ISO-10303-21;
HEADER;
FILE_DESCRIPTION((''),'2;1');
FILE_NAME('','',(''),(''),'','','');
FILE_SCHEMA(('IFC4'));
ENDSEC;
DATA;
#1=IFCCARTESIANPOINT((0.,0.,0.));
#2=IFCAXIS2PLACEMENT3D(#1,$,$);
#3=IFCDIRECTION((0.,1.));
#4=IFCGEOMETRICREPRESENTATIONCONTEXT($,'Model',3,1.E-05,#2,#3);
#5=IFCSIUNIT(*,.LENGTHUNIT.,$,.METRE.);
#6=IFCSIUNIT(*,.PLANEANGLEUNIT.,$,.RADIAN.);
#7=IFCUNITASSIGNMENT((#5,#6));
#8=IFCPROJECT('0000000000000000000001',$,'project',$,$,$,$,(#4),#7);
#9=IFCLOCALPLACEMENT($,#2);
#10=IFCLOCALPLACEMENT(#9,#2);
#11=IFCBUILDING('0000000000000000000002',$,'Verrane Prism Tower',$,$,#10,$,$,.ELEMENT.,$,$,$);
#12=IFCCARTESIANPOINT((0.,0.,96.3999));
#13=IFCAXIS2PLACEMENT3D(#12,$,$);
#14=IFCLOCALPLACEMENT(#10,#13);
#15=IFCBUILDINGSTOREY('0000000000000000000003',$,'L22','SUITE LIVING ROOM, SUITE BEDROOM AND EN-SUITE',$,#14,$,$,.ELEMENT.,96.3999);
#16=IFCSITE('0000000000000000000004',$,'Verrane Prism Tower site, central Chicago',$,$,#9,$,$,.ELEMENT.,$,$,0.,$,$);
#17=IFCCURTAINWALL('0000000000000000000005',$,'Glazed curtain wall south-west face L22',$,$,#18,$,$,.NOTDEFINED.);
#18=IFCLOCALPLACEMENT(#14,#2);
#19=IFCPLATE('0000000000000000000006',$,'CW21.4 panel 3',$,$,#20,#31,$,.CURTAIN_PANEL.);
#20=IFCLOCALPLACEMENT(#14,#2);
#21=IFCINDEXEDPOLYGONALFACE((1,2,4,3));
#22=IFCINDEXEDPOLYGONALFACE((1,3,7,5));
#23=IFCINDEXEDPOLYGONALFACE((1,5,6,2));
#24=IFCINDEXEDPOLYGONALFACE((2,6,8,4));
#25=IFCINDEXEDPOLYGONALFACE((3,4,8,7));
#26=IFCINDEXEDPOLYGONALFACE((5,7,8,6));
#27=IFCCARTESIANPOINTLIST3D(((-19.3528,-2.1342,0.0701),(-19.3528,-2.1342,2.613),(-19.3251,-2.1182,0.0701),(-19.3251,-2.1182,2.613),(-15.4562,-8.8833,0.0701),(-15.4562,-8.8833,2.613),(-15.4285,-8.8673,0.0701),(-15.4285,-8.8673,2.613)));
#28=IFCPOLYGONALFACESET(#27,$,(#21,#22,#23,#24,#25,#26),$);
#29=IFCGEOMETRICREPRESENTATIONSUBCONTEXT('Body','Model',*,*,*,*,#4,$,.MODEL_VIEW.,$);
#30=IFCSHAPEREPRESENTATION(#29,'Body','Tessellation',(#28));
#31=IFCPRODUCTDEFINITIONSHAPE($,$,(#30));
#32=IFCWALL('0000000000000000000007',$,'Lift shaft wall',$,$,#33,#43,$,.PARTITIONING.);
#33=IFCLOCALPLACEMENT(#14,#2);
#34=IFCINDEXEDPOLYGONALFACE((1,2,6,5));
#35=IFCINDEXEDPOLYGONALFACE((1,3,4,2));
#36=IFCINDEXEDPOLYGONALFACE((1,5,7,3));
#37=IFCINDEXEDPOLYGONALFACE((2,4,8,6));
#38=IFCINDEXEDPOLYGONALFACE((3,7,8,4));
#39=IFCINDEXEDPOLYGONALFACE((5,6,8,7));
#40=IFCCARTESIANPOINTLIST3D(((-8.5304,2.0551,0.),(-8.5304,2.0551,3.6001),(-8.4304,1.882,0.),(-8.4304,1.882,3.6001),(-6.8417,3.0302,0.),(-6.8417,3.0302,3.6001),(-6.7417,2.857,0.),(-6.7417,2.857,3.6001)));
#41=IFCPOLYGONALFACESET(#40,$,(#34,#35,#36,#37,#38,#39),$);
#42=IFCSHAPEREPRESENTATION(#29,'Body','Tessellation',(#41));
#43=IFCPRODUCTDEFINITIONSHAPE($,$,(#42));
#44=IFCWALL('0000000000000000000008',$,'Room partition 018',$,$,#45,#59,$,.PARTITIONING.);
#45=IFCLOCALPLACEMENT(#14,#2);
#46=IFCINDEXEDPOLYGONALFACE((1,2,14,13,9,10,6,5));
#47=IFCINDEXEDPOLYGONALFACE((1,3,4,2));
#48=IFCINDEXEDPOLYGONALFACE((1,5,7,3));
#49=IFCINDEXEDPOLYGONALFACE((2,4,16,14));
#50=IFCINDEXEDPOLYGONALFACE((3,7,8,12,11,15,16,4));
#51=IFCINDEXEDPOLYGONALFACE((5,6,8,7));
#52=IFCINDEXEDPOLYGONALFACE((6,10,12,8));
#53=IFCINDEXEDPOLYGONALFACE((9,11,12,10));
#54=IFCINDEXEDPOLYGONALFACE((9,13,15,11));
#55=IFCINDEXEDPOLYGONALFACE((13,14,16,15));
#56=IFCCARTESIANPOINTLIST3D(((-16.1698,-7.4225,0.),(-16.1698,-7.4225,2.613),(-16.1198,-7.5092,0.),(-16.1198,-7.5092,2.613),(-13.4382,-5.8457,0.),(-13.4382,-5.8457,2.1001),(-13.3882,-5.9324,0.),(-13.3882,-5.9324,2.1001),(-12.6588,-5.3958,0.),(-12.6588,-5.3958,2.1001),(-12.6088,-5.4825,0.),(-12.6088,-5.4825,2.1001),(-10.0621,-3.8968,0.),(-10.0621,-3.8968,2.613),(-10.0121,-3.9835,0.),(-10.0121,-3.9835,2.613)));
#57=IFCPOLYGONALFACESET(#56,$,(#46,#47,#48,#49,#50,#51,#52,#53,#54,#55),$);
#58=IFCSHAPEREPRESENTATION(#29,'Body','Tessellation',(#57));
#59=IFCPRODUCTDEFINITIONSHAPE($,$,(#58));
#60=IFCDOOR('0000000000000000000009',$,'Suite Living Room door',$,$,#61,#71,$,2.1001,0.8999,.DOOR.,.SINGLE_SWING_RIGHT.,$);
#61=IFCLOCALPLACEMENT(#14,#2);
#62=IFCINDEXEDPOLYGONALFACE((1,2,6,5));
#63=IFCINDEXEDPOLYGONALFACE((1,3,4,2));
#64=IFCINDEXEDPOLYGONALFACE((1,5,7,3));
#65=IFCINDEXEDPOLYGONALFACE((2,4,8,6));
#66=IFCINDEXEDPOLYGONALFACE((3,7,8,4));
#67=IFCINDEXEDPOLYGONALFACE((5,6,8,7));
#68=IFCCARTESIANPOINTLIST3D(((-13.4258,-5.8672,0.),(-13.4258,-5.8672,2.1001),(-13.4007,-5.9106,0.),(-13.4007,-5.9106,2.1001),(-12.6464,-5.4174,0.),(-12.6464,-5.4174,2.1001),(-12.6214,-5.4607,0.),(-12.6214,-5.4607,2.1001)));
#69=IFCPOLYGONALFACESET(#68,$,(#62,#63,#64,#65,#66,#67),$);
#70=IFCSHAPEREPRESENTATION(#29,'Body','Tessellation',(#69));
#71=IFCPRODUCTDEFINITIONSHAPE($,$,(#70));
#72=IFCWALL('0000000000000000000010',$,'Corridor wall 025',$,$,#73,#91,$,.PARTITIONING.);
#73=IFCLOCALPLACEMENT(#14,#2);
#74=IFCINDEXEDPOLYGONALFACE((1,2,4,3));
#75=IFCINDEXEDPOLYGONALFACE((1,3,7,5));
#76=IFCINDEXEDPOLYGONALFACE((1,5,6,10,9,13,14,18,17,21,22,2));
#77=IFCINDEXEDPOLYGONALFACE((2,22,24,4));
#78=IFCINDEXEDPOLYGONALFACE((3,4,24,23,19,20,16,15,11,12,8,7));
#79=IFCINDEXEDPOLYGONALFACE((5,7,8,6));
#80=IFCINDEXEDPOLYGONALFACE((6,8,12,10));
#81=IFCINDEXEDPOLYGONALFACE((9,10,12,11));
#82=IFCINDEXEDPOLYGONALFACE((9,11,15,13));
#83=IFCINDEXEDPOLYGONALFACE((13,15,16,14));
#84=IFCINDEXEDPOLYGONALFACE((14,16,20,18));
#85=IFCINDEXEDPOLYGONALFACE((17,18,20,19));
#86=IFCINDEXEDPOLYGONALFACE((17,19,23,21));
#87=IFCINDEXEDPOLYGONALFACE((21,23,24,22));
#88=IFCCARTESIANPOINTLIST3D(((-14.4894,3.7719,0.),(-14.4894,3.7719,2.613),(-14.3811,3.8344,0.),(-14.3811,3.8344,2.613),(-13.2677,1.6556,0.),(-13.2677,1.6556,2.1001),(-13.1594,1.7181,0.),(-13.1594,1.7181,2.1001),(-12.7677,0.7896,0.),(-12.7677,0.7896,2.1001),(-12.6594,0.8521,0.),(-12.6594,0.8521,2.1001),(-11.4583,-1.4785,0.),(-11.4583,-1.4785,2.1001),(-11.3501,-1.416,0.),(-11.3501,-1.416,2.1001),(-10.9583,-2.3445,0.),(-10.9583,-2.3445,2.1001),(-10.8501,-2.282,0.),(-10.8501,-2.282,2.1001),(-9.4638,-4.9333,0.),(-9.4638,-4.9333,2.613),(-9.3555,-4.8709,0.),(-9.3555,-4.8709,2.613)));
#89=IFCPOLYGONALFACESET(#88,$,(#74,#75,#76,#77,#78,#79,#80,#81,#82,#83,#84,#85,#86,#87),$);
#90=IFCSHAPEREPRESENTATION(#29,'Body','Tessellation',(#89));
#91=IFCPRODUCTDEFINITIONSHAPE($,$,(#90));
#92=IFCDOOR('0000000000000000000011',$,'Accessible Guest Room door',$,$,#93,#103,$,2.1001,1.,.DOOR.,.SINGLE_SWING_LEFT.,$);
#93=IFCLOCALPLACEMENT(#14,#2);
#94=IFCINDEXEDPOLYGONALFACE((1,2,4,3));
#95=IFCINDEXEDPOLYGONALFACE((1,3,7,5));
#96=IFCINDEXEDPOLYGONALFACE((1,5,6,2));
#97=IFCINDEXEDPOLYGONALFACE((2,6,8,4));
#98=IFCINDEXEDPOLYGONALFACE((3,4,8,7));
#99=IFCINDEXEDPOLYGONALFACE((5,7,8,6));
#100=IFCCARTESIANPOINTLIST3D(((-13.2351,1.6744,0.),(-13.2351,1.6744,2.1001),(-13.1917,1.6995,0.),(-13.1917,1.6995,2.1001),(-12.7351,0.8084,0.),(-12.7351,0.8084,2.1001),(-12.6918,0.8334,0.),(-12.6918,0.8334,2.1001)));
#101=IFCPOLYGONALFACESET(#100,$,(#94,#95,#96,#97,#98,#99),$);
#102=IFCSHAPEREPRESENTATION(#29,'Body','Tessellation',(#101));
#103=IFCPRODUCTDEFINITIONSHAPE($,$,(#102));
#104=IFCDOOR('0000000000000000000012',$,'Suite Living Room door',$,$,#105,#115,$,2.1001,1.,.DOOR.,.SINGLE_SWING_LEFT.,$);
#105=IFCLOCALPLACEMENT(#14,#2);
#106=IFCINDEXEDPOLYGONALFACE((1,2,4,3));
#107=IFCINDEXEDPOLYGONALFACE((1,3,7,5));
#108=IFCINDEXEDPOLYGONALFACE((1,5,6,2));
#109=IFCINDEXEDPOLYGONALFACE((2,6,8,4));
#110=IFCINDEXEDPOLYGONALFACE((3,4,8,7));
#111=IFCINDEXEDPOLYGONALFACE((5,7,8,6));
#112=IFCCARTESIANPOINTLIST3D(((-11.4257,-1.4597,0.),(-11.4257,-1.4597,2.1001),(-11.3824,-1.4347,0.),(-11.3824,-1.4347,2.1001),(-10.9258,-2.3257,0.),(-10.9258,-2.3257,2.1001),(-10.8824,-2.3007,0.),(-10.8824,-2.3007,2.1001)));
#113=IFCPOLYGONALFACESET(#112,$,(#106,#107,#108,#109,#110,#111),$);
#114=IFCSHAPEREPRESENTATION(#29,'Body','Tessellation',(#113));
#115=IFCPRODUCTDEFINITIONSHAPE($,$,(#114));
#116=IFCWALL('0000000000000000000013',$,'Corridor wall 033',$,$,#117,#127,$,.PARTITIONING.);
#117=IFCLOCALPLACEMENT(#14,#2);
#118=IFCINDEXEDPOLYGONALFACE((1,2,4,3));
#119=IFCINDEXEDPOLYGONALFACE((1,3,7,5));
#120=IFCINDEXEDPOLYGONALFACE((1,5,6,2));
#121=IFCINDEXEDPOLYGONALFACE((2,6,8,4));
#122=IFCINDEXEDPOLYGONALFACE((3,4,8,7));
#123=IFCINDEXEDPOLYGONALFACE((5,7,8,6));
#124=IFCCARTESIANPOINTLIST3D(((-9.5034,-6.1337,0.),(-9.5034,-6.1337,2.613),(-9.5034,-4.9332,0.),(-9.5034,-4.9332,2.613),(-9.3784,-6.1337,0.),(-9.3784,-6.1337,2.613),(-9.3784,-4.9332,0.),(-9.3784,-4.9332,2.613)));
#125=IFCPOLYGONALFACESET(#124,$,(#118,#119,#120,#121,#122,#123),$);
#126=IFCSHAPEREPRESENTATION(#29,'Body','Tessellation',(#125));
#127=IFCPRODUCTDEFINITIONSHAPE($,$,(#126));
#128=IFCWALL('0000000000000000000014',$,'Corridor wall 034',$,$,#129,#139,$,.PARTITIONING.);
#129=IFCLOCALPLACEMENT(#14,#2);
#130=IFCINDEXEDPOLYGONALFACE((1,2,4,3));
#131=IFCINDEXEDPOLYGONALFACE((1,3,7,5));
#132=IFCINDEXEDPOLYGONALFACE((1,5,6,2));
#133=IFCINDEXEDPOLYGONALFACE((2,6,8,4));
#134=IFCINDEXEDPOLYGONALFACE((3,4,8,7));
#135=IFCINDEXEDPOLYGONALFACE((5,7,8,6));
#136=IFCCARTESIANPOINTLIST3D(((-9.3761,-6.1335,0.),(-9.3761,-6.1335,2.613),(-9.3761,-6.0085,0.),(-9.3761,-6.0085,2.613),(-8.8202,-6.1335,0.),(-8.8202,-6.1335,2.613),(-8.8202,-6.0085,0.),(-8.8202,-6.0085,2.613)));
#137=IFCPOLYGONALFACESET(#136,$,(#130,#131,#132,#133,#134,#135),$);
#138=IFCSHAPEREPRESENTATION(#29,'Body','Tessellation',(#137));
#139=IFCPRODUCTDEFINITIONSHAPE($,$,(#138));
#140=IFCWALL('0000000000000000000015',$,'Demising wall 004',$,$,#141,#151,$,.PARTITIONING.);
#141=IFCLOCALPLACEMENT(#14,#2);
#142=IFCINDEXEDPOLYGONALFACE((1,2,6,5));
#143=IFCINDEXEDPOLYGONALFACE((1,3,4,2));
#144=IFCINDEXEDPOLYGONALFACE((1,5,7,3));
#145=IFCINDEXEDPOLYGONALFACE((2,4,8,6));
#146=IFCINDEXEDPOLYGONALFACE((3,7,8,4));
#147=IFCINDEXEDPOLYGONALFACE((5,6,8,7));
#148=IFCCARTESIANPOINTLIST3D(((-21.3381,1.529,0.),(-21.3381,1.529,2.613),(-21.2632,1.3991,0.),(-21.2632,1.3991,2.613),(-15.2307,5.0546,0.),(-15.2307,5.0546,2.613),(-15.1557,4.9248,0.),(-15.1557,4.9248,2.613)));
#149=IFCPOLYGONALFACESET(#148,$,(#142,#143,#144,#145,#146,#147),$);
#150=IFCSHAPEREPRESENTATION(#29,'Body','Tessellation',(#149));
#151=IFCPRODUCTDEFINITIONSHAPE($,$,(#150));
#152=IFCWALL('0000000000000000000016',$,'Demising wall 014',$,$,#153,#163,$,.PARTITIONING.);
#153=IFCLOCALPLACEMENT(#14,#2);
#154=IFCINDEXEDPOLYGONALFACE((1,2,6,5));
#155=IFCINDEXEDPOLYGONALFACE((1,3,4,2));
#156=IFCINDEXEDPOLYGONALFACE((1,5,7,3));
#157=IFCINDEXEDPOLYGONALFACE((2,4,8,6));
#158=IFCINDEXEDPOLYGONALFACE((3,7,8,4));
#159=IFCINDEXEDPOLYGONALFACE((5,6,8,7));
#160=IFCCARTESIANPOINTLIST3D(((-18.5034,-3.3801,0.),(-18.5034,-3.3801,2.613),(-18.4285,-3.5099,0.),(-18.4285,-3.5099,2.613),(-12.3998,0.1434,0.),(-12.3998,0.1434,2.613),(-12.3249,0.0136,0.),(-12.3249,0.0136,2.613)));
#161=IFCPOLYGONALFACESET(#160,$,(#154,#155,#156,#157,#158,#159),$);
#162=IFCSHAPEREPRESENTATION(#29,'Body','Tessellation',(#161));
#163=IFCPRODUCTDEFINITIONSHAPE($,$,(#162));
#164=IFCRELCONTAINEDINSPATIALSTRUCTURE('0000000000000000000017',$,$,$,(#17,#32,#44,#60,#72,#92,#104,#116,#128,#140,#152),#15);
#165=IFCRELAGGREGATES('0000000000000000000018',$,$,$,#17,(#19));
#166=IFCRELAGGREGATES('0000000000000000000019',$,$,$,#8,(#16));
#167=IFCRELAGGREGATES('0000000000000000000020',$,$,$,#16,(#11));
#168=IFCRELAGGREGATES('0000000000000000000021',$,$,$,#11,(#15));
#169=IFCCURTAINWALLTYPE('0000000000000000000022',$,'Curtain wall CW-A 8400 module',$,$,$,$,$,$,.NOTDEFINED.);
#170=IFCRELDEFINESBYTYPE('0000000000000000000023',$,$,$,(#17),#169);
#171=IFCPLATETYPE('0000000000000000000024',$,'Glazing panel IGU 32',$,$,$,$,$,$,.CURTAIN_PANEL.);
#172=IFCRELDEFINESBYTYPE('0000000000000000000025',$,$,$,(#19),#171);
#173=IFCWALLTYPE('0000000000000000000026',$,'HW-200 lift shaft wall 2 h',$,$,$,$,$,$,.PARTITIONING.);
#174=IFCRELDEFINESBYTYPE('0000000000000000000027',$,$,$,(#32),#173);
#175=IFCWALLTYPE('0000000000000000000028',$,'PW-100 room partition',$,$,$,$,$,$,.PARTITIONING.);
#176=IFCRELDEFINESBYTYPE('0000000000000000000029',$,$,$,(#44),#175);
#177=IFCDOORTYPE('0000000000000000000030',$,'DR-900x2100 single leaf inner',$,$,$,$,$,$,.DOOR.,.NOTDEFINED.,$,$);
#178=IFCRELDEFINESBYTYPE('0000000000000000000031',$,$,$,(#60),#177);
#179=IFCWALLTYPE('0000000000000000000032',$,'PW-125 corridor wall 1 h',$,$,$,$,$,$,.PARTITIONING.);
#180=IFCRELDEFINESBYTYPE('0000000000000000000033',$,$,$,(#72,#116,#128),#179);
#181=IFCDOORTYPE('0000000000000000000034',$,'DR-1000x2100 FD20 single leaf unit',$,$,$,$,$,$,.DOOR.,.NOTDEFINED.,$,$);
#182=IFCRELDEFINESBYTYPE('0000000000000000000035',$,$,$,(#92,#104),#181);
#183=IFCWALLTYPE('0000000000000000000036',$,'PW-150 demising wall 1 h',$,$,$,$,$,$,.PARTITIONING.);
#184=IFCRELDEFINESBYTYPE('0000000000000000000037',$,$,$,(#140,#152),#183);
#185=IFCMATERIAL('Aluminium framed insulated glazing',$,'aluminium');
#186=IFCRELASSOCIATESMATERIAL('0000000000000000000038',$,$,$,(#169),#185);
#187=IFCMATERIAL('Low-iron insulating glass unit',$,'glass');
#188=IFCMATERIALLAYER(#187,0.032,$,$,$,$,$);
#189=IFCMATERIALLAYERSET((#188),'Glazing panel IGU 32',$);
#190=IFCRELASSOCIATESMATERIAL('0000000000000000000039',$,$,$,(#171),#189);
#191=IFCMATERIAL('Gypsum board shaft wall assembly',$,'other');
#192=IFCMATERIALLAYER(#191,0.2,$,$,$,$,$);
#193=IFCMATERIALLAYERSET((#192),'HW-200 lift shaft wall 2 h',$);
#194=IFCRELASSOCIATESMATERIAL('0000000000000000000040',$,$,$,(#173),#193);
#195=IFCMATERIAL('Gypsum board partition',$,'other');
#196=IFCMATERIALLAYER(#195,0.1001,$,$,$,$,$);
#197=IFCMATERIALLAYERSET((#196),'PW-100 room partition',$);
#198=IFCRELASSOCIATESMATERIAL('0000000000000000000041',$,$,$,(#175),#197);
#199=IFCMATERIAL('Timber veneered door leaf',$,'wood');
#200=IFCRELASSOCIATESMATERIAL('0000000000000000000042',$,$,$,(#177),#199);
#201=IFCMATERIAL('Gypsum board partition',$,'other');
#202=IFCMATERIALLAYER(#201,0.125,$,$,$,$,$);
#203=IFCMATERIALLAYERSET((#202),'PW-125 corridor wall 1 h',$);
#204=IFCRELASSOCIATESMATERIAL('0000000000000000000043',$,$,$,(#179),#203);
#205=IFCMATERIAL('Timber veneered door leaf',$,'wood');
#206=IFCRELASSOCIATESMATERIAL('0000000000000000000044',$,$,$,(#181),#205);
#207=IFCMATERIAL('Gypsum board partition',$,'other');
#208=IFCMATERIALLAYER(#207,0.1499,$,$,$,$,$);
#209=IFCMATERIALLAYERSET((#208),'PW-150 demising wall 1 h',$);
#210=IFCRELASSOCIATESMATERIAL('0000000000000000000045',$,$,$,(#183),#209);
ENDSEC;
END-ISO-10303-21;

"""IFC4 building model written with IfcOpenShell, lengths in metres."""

from ifc_helpers import new_model, si_unit, direction, frame, frame_2d, origin, origin_2d, place, context, subcontext, project, spatial, rectangle, extrude, material, layer, layer_set, type_object, element, fill, aggregate, save


model = new_model("IFC4")

# Units and contexts
model_context = context("Model", 3, precision=1e-05, world=origin(), true_north=direction((0.0, 1.0)))
body_context = subcontext(model_context, "Body", "Model", "MODEL_VIEW")
ifc_project = project(units=[si_unit("LENGTHUNIT", "METRE"), si_unit("PLANEANGLEUNIT", "RADIAN")], contexts=[model_context])

# Site, building, storey
site_placement = place(None, origin())
site = spatial("IfcSite", under=ifc_project, at=site_placement, Name="Verrane Prism Tower site, central Chicago", CompositionType="ELEMENT", RefElevation=0.0)
building_placement = place(site_placement, origin())
building = spatial("IfcBuilding", under=site, at=building_placement, Name="Verrane Prism Tower", CompositionType="ELEMENT")
storey_placement = place(building_placement, frame((0.0, 0.0, 96.3999)))
storey = spatial("IfcBuildingStorey", under=building, at=storey_placement, Name="L22", Description="SUITE LIVING ROOM, SUITE BEDROOM AND EN-SUITE", CompositionType="ELEMENT", Elevation=96.3999)

# Curtain wall
ifc_material_1 = material(Name="Aluminium framed insulated glazing", Category="aluminium")
curtain_wall_type = type_object("IfcCurtainWallType", Name="Curtain wall CW-A 8400 module", PredefinedType="NOTDEFINED", material=ifc_material_1)
curtain_wall_placement = place(storey_placement, origin())
curtain_wall = element("IfcCurtainWall", 1, at=curtain_wall_placement, inside=storey, type_object=curtain_wall_type, Name="Glazed curtain wall south-west face L22", PredefinedType="NOTDEFINED")

# Plate
ifc_material_2 = material(Name="Low-iron insulating glass unit", Category="glass")
ifc_layer_1 = layer(ifc_material_2, 0.032)
ifc_layer_set_1 = layer_set([ifc_layer_1], Name="Glazing panel IGU 32")
plate_type = type_object("IfcPlateType", Name="Glazing panel IGU 32", PredefinedType="CURTAIN_PANEL", material=ifc_layer_set_1)
plate_1_placement = place(storey_placement, frame((-17.3906, -5.5007, 0.0701), z_axis=(0.0, 0.0, 1.0), x_axis=(0.5, -0.866026, 0.0)))
plate_1 = element("IfcPlate", 2, at=plate_1_placement, type_object=plate_type, Name="CW21.4 panel 3", PredefinedType="CURTAIN_PANEL", context=body_context, shape_type="SweptSolid", body=[
    extrude(rectangle(XDim=7.7932, YDim=0.032, at=origin_2d()), origin(), (0.0, 0.0, 1.0), 2.543),
])
aggregate(curtain_wall, [plate_1])

# Wall
ifc_material_3 = material(Name="Gypsum board shaft wall assembly", Category="other")
ifc_layer_2 = layer(ifc_material_3, 0.2)
ifc_layer_set_2 = layer_set([ifc_layer_2], Name="HW-200 lift shaft wall 2 h")
wall_type_1 = type_object("IfcWallType", Name="HW-200 lift shaft wall 2 h", PredefinedType="PARTITIONING", material=ifc_layer_set_2)
wall_1_placement = place(storey_placement, frame((-8.4805, 1.9685, 0.0), z_axis=(0.0, 0.0, 1.0), x_axis=(0.866, 0.500044, 0.0)))
element("IfcWall", 3, at=wall_1_placement, inside=storey, type_object=wall_type_1, Name="Lift shaft wall", PredefinedType="PARTITIONING", context=body_context, shape_type="SweptSolid", body=[
    extrude(rectangle(XDim=1.95, YDim=0.2, at=frame_2d((0.9751, 0.0))), origin(), (0.0, 0.0, 1.0), 3.6001),
])

# Wall, opening, door
ifc_material_4 = material(Name="Gypsum board partition", Category="other")
ifc_layer_3 = layer(ifc_material_4, 0.1001)
ifc_layer_set_3 = layer_set([ifc_layer_3], Name="PW-100 room partition")
wall_type_2 = type_object("IfcWallType", Name="PW-100 room partition", PredefinedType="PARTITIONING", material=ifc_layer_set_3)
wall_2_placement = place(storey_placement, frame((-10.0371, -3.9402, 0.0), z_axis=(0.0, 0.0, 1.0), x_axis=(-0.866064, -0.499933, 0.0)))
wall_2 = element("IfcWall", 4, at=wall_2_placement, inside=storey, type_object=wall_type_2, Name="Room partition 018", PredefinedType="PARTITIONING", context=body_context, shape_type="SweptSolid", body=[
    extrude(rectangle(XDim=7.0522, YDim=0.1001, at=frame_2d((3.5261, 0.0))), origin(), (0.0, 0.0, 1.0), 2.613),
])
opening_1_placement = place(wall_2_placement, frame((2.9983, 0.0, 0.0)))
opening_1 = element("IfcOpeningElement", 5, at=opening_1_placement, cuts=wall_2, PredefinedType="OPENING", context=body_context, shape_type="SweptSolid", body=[
    extrude(rectangle(XDim=0.8999, YDim=2.1001, at=frame_2d((0.45, 1.05))), frame((0.0, 0.0601, 0.0), z_axis=(0.0, -1.0, 0.0), x_axis=(1.0, 0.0, 0.0)), (0.0, 0.0, 1.0), 0.1201),
])
ifc_material_5 = material(Name="Timber veneered door leaf", Category="wood")
door_type_1 = type_object("IfcDoorType", Name="DR-900x2100 single leaf inner", OperationType="NOTDEFINED", PredefinedType="DOOR", material=ifc_material_5)
door_1_placement = place(opening_1_placement, origin())
door_1 = element("IfcDoor", 6, at=door_1_placement, inside=storey, type_object=door_type_1, Name="Suite Living Room door", OperationType="SINGLE_SWING_RIGHT", OverallHeight=2.1001, OverallWidth=0.8999, PredefinedType="DOOR", context=body_context, shape_type="SweptSolid", body=[
    extrude(rectangle(XDim=0.8999, YDim=2.1001, at=frame_2d((0.45, 1.05))), frame((0.0, 0.0249, 0.0), z_axis=(0.0, -1.0, 0.0), x_axis=(1.0, 0.0, 0.0)), (0.0, 0.0, 1.0), 0.05),
])
fill(opening_1, door_1)

# Wall, openings, doors
ifc_material_6 = material(Name="Gypsum board partition", Category="other")
ifc_layer_4 = layer(ifc_material_6, 0.125)
ifc_layer_set_4 = layer_set([ifc_layer_4], Name="PW-125 corridor wall 1 h")
wall_type_3 = type_object("IfcWallType", Name="PW-125 corridor wall 1 h", PredefinedType="PARTITIONING", material=ifc_layer_set_4)
wall_3_placement = place(storey_placement, frame((-9.4097, -4.9021, 0.0), z_axis=(0.0, 0.0, 1.0), x_axis=(-0.499971, 0.866042, 0.0)))
wall_3 = element("IfcWall", 7, at=wall_3_placement, inside=storey, type_object=wall_type_3, Name="Corridor wall 025", PredefinedType="PARTITIONING", context=body_context, shape_type="SweptSolid", body=[
    extrude(rectangle(XDim=10.0518, YDim=0.125, at=frame_2d((5.0259, 0.0))), origin(), (0.0, 0.0, 1.0), 2.613),
])
opening_2_placement = place(wall_3_placement, frame((6.6082, 0.0, 0.0)))
opening_2 = element("IfcOpeningElement", 8, at=opening_2_placement, cuts=wall_3, PredefinedType="OPENING", context=body_context, shape_type="SweptSolid", body=[
    extrude(rectangle(XDim=1.0, YDim=2.1001, at=frame_2d((0.5, 1.05))), frame((0.0, 0.0725, 0.0), z_axis=(0.0, -1.0, 0.0), x_axis=(1.0, 0.0, 0.0)), (0.0, 0.0, 1.0), 0.145),
])
opening_3_placement = place(wall_3_placement, frame((2.9893, 0.0, 0.0)))
opening_3 = element("IfcOpeningElement", 9, at=opening_3_placement, cuts=wall_3, PredefinedType="OPENING", context=body_context, shape_type="SweptSolid", body=[
    extrude(rectangle(XDim=1.0, YDim=2.1001, at=frame_2d((0.5, 1.05))), frame((0.0, 0.0725, 0.0), z_axis=(0.0, -1.0, 0.0), x_axis=(1.0, 0.0, 0.0)), (0.0, 0.0, 1.0), 0.145),
])
ifc_material_7 = material(Name="Timber veneered door leaf", Category="wood")
door_type_2 = type_object("IfcDoorType", Name="DR-1000x2100 FD20 single leaf unit", OperationType="NOTDEFINED", PredefinedType="DOOR", material=ifc_material_7)
door_2_placement = place(opening_2_placement, origin())
door_2 = element("IfcDoor", 10, at=door_2_placement, inside=storey, type_object=door_type_2, Name="Accessible Guest Room door", OperationType="SINGLE_SWING_LEFT", OverallHeight=2.1001, OverallWidth=1.0, PredefinedType="DOOR", context=body_context, shape_type="SweptSolid", body=[
    extrude(rectangle(XDim=1.0, YDim=2.1001, at=frame_2d((0.5, 1.05))), frame((0.0, 0.0249, 0.0), z_axis=(0.0, -1.0, 0.0), x_axis=(1.0, 0.0, 0.0)), (0.0, 0.0, 1.0), 0.05),
])
fill(opening_2, door_2)
door_3_placement = place(opening_3_placement, origin())
door_3 = element("IfcDoor", 11, at=door_3_placement, inside=storey, type_object=door_type_2, Name="Suite Living Room door", OperationType="SINGLE_SWING_LEFT", OverallHeight=2.1001, OverallWidth=1.0, PredefinedType="DOOR", context=body_context, shape_type="SweptSolid", body=[
    extrude(rectangle(XDim=1.0, YDim=2.1001, at=frame_2d((0.5, 1.05))), frame((0.0, 0.0249, 0.0), z_axis=(0.0, -1.0, 0.0), x_axis=(1.0, 0.0, 0.0)), (0.0, 0.0, 1.0), 0.05),
])
fill(opening_3, door_3)

# Walls
wall_4_placement = place(storey_placement, frame((-9.4409, -6.1335, 0.0), z_axis=(0.0, 0.0, 1.0), x_axis=(0.0, 1.0, 0.0)))
element("IfcWall", 12, at=wall_4_placement, inside=storey, type_object=wall_type_3, Name="Corridor wall 033", PredefinedType="PARTITIONING", context=body_context, shape_type="SweptSolid", body=[
    extrude(rectangle(XDim=1.2004, YDim=0.125, at=frame_2d((0.6001, 0.0))), origin(), (0.0, 0.0, 1.0), 2.613),
])
wall_5_placement = place(storey_placement, frame((-9.376, -6.071, 0.0), z_axis=(0.0, 0.0, 1.0), x_axis=(1.0, 0.0, 0.0)))
element("IfcWall", 13, at=wall_5_placement, inside=storey, type_object=wall_type_3, Name="Corridor wall 034", PredefinedType="PARTITIONING", context=body_context, shape_type="SweptSolid", body=[
    extrude(rectangle(XDim=0.5559, YDim=0.125, at=frame_2d((0.2778, 0.0))), origin(), (0.0, 0.0, 1.0), 2.613),
])
ifc_material_8 = material(Name="Gypsum board partition", Category="other")
ifc_layer_5 = layer(ifc_material_8, 0.1499)
ifc_layer_set_5 = layer_set([ifc_layer_5], Name="PW-150 demising wall 1 h")
wall_type_4 = type_object("IfcWallType", Name="PW-150 demising wall 1 h", PredefinedType="PARTITIONING", material=ifc_layer_set_5)
wall_6_placement = place(storey_placement, frame((-21.3005, 1.4641, 0.0), z_axis=(0.0, 0.0, 1.0), x_axis=(0.866055, 0.499948, 0.0)))
element("IfcWall", 14, at=wall_6_placement, inside=storey, type_object=wall_type_4, Name="Demising wall 004", PredefinedType="PARTITIONING", context=body_context, shape_type="SweptSolid", body=[
    extrude(rectangle(XDim=7.052, YDim=0.1499, at=frame_2d((3.5259, 0.0))), origin(), (0.0, 0.0, 1.0), 2.613),
])
wall_7_placement = place(storey_placement, frame((-18.4661, -3.4451, 0.0), z_axis=(0.0, 0.0, 1.0), x_axis=(0.866052, 0.499954, 0.0)))
element("IfcWall", 15, at=wall_7_placement, inside=storey, type_object=wall_type_4, Name="Demising wall 014", PredefinedType="PARTITIONING", context=body_context, shape_type="SweptSolid", body=[
    extrude(rectangle(XDim=7.0476, YDim=0.1499, at=frame_2d((3.5239, 0.0))), origin(), (0.0, 0.0, 1.0), 2.613),
])

save(model, "model.ifc")
